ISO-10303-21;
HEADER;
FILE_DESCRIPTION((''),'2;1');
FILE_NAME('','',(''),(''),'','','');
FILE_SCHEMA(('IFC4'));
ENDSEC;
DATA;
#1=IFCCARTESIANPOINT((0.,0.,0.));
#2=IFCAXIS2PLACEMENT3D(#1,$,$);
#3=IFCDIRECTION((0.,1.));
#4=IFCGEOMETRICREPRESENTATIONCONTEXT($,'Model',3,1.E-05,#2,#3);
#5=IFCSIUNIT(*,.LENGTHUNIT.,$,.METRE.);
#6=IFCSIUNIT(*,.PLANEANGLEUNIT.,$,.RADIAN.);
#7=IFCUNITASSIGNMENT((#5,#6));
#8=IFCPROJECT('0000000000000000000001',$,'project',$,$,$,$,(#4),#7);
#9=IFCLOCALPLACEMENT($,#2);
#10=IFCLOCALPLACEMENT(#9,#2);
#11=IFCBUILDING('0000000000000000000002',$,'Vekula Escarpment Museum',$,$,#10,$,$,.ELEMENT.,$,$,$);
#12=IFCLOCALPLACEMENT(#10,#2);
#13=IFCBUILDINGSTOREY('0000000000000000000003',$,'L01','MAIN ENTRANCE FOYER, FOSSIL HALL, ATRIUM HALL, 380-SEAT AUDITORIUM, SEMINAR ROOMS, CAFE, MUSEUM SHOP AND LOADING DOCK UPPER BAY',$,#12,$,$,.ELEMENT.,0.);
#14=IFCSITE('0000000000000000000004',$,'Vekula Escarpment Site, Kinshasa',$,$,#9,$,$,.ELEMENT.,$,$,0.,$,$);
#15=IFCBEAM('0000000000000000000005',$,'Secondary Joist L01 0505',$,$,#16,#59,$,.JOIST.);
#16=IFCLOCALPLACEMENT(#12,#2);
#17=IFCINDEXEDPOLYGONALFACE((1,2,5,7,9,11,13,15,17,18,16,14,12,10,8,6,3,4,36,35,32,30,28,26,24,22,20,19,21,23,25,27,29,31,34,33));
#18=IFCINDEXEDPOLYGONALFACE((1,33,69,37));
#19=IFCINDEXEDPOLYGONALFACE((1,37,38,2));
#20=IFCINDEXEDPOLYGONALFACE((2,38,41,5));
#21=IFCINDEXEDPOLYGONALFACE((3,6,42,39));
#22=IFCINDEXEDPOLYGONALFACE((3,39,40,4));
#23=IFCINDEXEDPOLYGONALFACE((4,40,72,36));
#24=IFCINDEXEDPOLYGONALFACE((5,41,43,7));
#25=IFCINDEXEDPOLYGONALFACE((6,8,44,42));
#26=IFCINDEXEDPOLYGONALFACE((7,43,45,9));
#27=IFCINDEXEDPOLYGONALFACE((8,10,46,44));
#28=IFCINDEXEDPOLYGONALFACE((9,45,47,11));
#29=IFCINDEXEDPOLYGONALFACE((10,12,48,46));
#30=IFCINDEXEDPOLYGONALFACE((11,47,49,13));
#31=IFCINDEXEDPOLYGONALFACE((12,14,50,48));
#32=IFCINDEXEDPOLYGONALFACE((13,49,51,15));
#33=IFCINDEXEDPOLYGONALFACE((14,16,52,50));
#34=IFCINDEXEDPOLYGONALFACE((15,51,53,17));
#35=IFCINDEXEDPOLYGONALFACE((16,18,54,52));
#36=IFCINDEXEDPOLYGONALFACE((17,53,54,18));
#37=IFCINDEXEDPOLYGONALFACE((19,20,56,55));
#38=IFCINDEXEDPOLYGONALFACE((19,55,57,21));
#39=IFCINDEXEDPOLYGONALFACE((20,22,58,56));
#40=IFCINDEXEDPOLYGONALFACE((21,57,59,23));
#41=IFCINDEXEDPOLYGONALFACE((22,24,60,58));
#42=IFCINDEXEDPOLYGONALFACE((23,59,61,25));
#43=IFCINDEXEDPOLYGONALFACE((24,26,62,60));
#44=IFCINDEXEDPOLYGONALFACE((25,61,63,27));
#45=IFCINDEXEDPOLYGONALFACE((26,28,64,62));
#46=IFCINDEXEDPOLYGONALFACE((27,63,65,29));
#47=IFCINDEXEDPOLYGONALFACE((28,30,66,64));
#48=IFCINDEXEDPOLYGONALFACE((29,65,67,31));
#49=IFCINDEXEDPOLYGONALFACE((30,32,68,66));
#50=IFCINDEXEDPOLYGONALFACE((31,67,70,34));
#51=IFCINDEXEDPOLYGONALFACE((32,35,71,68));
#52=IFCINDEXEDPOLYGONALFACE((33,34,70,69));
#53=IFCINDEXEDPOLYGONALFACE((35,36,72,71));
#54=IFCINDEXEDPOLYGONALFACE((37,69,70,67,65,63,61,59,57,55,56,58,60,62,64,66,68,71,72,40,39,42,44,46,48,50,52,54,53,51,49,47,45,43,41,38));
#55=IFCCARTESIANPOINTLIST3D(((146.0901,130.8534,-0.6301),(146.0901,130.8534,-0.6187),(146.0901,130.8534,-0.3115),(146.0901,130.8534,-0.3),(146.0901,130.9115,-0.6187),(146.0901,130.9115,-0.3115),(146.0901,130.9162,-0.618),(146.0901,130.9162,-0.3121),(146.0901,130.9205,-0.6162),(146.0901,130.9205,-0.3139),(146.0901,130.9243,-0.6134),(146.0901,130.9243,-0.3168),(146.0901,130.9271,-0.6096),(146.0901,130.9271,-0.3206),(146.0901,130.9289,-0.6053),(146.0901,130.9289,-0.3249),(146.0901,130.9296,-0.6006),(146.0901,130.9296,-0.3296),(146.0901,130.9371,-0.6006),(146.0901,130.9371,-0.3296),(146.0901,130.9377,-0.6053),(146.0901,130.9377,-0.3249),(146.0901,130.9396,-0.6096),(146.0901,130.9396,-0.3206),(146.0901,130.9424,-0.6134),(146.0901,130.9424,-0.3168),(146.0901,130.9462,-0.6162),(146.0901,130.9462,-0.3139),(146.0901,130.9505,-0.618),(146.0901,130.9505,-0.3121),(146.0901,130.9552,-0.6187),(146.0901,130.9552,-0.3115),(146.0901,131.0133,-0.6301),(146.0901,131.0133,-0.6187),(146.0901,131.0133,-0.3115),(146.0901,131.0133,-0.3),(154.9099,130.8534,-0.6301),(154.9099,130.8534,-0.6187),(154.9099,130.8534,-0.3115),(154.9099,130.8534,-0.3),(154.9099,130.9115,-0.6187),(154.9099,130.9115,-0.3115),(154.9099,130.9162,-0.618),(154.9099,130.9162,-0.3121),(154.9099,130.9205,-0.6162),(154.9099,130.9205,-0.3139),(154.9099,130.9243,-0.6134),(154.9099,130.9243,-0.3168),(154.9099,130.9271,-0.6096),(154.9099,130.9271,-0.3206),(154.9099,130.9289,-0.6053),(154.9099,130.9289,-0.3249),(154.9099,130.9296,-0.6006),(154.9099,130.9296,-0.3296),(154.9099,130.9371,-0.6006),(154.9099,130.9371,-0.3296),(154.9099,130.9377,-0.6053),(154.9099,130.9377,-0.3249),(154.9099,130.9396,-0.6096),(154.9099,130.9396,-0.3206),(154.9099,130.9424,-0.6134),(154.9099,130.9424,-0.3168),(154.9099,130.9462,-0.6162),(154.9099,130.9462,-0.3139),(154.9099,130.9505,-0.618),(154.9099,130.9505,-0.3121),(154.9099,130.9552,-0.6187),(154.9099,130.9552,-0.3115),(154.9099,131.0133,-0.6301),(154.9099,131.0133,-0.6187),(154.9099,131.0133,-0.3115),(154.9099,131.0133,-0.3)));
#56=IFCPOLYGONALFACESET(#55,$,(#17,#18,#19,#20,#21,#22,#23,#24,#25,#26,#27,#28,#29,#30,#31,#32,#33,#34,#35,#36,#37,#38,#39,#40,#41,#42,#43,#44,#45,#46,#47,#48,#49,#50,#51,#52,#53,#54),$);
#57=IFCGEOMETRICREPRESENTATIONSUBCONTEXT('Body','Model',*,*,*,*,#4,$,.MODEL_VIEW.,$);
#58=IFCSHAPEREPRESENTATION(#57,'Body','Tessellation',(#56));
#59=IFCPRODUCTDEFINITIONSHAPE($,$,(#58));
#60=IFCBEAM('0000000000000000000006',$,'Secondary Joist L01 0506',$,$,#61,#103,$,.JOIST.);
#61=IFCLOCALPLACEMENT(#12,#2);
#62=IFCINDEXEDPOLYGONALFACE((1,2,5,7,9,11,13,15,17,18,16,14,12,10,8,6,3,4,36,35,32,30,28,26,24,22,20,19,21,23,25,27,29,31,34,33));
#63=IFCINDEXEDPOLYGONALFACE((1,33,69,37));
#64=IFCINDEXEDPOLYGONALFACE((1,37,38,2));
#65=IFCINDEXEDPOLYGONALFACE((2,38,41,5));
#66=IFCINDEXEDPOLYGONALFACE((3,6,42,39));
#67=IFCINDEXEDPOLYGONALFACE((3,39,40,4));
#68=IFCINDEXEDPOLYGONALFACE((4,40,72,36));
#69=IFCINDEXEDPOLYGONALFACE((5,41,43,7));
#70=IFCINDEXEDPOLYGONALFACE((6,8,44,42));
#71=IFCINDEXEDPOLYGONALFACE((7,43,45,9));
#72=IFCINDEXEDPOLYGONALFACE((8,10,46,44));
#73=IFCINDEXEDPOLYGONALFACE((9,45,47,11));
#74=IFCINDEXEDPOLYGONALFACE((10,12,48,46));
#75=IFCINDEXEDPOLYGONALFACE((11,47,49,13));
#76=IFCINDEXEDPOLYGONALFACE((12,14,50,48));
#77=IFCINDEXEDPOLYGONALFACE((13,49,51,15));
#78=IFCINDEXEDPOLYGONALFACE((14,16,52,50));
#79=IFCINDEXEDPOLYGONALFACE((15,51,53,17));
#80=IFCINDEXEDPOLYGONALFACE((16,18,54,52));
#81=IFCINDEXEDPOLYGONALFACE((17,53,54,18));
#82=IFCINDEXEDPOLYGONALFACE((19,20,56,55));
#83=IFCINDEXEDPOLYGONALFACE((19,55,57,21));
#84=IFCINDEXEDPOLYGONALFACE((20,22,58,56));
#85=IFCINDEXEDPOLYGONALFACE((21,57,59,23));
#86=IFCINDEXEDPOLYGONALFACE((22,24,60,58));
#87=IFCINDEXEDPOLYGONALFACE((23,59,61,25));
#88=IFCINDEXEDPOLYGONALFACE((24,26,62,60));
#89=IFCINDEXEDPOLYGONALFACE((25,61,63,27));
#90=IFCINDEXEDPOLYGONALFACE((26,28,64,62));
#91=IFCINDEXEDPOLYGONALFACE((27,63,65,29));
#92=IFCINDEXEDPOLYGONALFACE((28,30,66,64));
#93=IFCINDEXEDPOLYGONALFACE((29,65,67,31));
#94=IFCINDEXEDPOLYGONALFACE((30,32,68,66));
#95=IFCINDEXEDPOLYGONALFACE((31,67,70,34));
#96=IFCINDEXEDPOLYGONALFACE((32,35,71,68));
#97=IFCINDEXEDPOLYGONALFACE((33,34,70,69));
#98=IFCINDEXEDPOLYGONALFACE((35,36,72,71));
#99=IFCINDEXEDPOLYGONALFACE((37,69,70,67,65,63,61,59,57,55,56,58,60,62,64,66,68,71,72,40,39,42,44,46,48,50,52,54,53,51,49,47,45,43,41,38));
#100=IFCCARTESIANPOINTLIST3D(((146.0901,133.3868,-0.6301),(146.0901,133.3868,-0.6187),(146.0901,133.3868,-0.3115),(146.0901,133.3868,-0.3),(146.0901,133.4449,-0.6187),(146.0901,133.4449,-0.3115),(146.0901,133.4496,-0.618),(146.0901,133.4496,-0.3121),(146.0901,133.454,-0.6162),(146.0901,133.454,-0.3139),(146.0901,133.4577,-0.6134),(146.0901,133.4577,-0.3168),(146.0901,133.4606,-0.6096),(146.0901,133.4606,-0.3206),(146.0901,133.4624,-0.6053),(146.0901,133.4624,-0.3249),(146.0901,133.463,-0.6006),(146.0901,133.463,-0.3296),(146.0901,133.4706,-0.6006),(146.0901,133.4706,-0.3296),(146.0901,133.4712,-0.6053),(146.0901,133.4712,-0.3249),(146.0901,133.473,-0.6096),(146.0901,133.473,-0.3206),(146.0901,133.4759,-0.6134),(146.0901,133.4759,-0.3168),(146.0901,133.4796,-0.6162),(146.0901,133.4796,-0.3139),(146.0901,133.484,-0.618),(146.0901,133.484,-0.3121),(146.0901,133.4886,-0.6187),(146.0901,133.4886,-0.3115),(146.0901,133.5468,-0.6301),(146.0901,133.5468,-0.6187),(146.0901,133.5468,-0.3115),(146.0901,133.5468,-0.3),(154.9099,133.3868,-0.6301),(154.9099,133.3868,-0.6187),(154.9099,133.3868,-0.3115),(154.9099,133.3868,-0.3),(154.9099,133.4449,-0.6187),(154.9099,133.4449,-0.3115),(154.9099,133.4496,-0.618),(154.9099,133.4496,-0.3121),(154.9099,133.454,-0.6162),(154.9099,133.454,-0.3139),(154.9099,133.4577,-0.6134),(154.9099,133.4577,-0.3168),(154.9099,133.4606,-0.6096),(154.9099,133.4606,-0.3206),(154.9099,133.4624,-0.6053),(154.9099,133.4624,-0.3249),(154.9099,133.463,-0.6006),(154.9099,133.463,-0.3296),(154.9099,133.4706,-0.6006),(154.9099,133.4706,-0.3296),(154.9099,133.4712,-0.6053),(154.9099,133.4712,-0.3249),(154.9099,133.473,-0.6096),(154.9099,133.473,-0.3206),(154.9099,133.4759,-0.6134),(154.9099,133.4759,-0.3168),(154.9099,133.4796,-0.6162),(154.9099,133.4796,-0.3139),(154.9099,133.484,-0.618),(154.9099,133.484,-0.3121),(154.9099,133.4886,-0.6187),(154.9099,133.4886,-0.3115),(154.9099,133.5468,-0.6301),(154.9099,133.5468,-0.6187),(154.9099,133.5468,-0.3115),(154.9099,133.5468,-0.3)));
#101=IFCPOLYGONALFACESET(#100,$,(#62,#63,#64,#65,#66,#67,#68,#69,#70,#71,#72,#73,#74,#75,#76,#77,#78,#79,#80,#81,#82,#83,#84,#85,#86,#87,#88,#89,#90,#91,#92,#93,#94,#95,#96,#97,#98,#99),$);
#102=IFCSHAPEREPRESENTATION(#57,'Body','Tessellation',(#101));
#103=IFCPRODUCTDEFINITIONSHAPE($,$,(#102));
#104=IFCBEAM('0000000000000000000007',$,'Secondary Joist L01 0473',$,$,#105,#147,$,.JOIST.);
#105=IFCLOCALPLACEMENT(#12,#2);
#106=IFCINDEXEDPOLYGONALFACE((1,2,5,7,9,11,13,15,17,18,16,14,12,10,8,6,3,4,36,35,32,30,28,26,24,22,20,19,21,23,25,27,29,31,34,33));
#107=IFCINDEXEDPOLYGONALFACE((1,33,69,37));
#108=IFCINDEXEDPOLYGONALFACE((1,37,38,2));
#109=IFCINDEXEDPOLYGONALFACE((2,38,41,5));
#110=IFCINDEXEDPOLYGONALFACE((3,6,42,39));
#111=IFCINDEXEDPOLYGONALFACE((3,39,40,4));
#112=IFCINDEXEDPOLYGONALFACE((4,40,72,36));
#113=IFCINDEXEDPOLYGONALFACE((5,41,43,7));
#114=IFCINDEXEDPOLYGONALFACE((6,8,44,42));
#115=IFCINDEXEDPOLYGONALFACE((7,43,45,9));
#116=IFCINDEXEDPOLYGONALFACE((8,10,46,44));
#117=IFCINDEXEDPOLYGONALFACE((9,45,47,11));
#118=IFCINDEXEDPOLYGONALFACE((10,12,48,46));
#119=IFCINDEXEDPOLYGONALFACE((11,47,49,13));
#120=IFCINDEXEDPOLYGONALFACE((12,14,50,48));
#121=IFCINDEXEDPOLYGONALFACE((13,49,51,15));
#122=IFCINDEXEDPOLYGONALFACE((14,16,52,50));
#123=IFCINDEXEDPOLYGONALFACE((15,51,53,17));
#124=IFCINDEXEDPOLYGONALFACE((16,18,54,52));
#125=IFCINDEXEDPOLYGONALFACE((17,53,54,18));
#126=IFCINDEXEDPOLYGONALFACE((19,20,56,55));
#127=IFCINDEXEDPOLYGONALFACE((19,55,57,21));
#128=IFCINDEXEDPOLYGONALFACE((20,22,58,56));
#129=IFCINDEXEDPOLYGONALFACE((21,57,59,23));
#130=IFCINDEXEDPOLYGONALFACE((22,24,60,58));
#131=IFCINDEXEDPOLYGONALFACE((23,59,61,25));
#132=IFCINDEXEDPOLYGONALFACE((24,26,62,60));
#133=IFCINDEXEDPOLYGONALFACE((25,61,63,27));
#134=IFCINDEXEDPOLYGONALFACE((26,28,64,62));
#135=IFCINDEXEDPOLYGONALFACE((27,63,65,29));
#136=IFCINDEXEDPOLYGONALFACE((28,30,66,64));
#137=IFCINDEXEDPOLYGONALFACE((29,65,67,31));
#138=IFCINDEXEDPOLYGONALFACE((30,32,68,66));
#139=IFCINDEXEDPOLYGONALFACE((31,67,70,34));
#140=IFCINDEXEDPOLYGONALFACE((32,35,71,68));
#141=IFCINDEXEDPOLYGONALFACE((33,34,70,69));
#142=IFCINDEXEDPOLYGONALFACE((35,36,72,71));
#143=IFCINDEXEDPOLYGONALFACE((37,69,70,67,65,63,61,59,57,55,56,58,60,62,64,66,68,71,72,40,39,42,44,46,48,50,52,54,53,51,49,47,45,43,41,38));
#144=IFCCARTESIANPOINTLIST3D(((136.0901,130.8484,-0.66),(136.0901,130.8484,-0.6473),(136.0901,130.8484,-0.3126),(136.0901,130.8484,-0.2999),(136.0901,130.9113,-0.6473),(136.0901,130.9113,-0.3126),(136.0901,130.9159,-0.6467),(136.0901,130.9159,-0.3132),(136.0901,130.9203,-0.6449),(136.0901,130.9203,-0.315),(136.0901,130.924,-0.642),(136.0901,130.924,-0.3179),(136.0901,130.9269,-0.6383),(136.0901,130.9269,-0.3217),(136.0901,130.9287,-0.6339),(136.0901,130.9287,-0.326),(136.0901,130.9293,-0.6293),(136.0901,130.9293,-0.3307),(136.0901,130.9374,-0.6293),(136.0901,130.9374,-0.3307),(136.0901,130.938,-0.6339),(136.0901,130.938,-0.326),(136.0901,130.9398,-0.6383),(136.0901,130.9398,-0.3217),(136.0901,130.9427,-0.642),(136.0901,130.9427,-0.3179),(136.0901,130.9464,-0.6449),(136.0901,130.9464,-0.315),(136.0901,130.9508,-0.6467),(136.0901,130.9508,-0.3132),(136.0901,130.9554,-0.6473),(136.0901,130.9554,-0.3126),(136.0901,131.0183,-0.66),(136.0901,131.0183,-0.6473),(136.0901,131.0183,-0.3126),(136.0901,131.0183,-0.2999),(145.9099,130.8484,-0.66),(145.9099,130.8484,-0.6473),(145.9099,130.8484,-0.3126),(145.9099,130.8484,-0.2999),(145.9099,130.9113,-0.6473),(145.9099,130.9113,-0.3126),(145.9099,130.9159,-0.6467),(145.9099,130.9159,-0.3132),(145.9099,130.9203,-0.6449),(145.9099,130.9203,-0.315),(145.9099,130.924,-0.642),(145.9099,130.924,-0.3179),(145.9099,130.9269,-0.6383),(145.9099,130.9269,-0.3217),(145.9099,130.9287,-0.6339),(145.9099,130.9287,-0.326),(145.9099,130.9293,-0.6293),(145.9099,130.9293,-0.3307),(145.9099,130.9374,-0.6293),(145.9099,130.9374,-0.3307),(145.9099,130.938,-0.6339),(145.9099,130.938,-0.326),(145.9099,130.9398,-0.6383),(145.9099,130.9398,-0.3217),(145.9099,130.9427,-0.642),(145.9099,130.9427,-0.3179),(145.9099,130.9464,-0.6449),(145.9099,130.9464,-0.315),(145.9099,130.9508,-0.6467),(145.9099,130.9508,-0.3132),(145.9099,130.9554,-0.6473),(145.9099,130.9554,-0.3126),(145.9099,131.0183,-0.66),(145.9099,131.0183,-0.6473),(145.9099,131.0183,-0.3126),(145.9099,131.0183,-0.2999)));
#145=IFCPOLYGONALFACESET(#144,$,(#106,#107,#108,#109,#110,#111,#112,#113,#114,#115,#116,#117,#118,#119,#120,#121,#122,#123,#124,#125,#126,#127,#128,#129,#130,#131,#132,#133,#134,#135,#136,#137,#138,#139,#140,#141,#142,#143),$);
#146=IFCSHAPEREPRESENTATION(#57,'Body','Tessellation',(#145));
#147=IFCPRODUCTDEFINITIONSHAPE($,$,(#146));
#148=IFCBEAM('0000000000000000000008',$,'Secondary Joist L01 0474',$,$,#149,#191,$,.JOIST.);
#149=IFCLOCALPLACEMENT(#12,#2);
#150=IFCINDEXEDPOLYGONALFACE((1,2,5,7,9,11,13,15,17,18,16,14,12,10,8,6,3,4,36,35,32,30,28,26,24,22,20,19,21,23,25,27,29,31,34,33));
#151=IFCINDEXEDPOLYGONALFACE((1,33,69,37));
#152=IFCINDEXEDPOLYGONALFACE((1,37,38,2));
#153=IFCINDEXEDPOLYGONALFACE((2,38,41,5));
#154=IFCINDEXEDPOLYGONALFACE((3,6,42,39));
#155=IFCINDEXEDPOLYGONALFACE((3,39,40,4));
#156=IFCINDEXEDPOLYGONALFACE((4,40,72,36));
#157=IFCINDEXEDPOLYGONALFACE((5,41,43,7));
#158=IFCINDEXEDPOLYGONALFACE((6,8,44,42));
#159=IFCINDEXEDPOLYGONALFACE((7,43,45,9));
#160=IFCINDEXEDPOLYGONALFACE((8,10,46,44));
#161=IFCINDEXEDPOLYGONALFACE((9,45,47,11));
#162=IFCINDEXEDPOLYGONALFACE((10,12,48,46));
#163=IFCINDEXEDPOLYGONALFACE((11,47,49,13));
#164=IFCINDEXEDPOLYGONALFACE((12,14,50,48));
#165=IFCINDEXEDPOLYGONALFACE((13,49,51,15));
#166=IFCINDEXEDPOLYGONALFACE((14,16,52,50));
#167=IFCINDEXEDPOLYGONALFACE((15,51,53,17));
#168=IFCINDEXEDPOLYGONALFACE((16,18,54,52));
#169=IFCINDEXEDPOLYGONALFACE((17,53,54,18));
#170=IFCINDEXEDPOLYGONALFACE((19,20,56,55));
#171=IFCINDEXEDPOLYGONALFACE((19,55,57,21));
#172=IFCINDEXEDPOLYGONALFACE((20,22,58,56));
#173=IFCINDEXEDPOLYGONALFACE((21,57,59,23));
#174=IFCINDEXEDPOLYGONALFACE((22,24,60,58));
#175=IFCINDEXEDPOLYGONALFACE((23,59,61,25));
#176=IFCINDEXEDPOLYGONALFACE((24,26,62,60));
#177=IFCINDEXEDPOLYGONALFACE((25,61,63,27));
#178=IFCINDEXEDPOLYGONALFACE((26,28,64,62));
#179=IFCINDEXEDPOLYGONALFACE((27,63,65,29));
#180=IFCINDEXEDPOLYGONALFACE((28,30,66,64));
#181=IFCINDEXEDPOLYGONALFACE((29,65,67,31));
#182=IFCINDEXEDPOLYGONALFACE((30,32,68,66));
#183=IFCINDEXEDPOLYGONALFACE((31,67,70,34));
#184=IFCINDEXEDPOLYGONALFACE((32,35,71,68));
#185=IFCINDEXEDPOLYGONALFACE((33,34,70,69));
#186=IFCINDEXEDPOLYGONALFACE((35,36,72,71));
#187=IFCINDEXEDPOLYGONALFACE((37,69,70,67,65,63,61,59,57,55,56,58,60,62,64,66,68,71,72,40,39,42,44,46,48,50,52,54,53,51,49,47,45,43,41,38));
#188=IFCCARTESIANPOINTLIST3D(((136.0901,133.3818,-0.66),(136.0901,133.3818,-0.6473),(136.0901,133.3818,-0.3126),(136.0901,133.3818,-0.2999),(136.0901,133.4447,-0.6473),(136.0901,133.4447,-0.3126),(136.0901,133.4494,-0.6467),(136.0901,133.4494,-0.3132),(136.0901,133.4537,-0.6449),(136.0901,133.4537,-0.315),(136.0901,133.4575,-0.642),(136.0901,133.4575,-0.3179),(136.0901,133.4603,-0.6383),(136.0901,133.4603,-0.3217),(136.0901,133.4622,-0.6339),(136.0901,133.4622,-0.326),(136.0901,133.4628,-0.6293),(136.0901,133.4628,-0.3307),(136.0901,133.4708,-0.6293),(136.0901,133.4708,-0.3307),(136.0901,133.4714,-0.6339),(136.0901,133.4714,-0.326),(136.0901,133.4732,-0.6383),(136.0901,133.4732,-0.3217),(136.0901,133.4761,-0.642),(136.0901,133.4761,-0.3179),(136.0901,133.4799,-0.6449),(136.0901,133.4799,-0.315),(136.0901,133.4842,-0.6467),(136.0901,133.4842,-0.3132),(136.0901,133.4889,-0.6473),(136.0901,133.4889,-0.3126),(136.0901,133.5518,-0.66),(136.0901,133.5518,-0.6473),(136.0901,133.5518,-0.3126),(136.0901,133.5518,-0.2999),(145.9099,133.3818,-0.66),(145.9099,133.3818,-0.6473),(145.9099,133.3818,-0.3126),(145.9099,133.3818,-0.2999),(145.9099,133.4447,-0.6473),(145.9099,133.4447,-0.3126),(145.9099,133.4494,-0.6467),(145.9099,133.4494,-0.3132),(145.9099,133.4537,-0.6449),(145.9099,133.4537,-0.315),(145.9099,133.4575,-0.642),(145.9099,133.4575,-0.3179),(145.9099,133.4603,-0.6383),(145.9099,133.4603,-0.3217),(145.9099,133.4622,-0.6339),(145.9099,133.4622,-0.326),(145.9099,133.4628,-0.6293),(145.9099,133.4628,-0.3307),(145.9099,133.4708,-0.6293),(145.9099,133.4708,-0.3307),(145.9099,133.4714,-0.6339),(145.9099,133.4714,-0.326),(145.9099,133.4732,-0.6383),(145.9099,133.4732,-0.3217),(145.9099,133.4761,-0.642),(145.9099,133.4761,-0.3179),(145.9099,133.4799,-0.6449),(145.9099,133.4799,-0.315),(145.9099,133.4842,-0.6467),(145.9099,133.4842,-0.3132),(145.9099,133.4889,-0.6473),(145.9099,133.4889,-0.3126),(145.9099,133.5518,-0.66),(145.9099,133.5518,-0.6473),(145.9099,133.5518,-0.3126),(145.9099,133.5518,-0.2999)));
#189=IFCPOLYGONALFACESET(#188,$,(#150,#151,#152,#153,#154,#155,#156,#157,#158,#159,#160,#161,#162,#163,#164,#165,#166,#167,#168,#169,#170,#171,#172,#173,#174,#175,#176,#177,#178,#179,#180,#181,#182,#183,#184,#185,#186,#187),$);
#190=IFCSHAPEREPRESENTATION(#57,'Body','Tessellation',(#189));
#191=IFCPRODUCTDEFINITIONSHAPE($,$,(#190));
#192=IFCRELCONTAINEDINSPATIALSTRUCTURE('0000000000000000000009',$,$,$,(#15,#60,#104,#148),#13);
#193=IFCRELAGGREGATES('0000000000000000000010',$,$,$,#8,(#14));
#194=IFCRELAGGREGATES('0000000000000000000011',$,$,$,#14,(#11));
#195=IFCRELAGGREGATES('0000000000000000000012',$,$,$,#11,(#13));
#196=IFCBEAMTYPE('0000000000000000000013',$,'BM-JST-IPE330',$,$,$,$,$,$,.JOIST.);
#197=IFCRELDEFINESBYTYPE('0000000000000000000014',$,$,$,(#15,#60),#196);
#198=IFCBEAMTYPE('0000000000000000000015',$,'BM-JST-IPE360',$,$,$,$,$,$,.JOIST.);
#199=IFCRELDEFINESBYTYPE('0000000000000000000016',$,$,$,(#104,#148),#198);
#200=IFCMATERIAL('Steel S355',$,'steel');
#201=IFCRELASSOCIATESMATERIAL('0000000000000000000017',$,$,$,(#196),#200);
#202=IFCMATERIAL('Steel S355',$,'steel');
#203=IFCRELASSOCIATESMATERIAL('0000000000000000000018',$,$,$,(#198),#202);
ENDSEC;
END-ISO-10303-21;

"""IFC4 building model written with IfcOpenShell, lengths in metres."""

from ifc_helpers import new_model, si_unit, direction, frame, origin, origin_2d, place, context, subcontext, project, spatial, i_section, extrude, material, material_profile, profile_set, type_object, element, save


model = new_model("IFC4")

# Units and contexts
model_context = context("Model", 3, precision=1e-05, world=origin(), true_north=direction((0.0, 1.0)))
body_context = subcontext(model_context, "Body", "Model", "MODEL_VIEW")
ifc_project = project(units=[si_unit("LENGTHUNIT", "METRE"), si_unit("PLANEANGLEUNIT", "RADIAN")], contexts=[model_context])

# Site, building, storey
site_placement = place(None, origin())
site = spatial("IfcSite", under=ifc_project, at=site_placement, Name="Vekula Escarpment Site, Kinshasa", CompositionType="ELEMENT", RefElevation=0.0)
building_placement = place(site_placement, origin())
building = spatial("IfcBuilding", under=site, at=building_placement, Name="Vekula Escarpment Museum", CompositionType="ELEMENT")
storey_placement = place(building_placement, origin())
storey = spatial("IfcBuildingStorey", under=building, at=storey_placement, Name="L01", Description="MAIN ENTRANCE FOYER, FOSSIL HALL, ATRIUM HALL, 380-SEAT AUDITORIUM, SEMINAR ROOMS, CAFE, MUSEUM SHOP AND LOADING DOCK UPPER BAY", CompositionType="ELEMENT", Elevation=0.0)

# Beams
ifc_material_1 = material(Name="Steel S355", Category="steel")
ifc_material_profile_1 = material_profile(ifc_material_1, i_section(OverallWidth=0.1599, OverallDepth=0.3301, WebThickness=0.0076, FlangeThickness=0.0115, FilletRadius=0.0181, at=origin_2d()), Name="IPE 330")
ifc_profile_set_1 = profile_set([ifc_material_profile_1], Name="Steel S355")
beam_type_1 = type_object("IfcBeamType", Name="BM-JST-IPE330", PredefinedType="JOIST", material=ifc_profile_set_1)
for number, where, z_axis, x_axis, name in (
    (1, (146.0901, 130.9333, -0.4651), (1.0, 0.0, 0.0), (0.0, 1.0, 0.0), "Secondary Joist L01 0505"),
    (2, (146.0901, 133.4668, -0.4651), (1.0, 0.0, 0.0), (0.0, 1.0, 0.0), "Secondary Joist L01 0506"),
):
    element("IfcBeam", number, at=place(storey_placement, frame(where, z_axis=z_axis, x_axis=x_axis)), inside=storey, type_object=beam_type_1, Name=name, PredefinedType="JOIST", context=body_context, shape_type="SweptSolid", body=[
        extrude(i_section(OverallWidth=0.1599, OverallDepth=0.3301, WebThickness=0.0076, FlangeThickness=0.0115, FilletRadius=0.0181, at=origin_2d()), origin(), (0.0, 0.0, 1.0), 8.8198),
    ])
ifc_material_2 = material(Name="Steel S355", Category="steel")
ifc_material_profile_2 = material_profile(ifc_material_2, i_section(OverallWidth=0.1699, OverallDepth=0.3601, WebThickness=0.0081, FlangeThickness=0.0127, FilletRadius=0.0181, at=origin_2d()), Name="IPE 360")
ifc_profile_set_2 = profile_set([ifc_material_profile_2], Name="Steel S355")
beam_type_2 = type_object("IfcBeamType", Name="BM-JST-IPE360", PredefinedType="JOIST", material=ifc_profile_set_2)
for number, where, z_axis, x_axis, name in (
    (3, (136.0901, 130.9333, -0.48), (1.0, 0.0, 0.0), (0.0, 1.0, 0.0), "Secondary Joist L01 0473"),
    (4, (136.0901, 133.4668, -0.48), (1.0, 0.0, 0.0), (0.0, 1.0, 0.0), "Secondary Joist L01 0474"),
):
    element("IfcBeam", number, at=place(storey_placement, frame(where, z_axis=z_axis, x_axis=x_axis)), inside=storey, type_object=beam_type_2, Name=name, PredefinedType="JOIST", context=body_context, shape_type="SweptSolid", body=[
        extrude(i_section(OverallWidth=0.1699, OverallDepth=0.3601, WebThickness=0.0081, FlangeThickness=0.0127, FilletRadius=0.0181, at=origin_2d()), origin(), (0.0, 0.0, 1.0), 9.8198),
    ])

save(model, "model.ifc")
